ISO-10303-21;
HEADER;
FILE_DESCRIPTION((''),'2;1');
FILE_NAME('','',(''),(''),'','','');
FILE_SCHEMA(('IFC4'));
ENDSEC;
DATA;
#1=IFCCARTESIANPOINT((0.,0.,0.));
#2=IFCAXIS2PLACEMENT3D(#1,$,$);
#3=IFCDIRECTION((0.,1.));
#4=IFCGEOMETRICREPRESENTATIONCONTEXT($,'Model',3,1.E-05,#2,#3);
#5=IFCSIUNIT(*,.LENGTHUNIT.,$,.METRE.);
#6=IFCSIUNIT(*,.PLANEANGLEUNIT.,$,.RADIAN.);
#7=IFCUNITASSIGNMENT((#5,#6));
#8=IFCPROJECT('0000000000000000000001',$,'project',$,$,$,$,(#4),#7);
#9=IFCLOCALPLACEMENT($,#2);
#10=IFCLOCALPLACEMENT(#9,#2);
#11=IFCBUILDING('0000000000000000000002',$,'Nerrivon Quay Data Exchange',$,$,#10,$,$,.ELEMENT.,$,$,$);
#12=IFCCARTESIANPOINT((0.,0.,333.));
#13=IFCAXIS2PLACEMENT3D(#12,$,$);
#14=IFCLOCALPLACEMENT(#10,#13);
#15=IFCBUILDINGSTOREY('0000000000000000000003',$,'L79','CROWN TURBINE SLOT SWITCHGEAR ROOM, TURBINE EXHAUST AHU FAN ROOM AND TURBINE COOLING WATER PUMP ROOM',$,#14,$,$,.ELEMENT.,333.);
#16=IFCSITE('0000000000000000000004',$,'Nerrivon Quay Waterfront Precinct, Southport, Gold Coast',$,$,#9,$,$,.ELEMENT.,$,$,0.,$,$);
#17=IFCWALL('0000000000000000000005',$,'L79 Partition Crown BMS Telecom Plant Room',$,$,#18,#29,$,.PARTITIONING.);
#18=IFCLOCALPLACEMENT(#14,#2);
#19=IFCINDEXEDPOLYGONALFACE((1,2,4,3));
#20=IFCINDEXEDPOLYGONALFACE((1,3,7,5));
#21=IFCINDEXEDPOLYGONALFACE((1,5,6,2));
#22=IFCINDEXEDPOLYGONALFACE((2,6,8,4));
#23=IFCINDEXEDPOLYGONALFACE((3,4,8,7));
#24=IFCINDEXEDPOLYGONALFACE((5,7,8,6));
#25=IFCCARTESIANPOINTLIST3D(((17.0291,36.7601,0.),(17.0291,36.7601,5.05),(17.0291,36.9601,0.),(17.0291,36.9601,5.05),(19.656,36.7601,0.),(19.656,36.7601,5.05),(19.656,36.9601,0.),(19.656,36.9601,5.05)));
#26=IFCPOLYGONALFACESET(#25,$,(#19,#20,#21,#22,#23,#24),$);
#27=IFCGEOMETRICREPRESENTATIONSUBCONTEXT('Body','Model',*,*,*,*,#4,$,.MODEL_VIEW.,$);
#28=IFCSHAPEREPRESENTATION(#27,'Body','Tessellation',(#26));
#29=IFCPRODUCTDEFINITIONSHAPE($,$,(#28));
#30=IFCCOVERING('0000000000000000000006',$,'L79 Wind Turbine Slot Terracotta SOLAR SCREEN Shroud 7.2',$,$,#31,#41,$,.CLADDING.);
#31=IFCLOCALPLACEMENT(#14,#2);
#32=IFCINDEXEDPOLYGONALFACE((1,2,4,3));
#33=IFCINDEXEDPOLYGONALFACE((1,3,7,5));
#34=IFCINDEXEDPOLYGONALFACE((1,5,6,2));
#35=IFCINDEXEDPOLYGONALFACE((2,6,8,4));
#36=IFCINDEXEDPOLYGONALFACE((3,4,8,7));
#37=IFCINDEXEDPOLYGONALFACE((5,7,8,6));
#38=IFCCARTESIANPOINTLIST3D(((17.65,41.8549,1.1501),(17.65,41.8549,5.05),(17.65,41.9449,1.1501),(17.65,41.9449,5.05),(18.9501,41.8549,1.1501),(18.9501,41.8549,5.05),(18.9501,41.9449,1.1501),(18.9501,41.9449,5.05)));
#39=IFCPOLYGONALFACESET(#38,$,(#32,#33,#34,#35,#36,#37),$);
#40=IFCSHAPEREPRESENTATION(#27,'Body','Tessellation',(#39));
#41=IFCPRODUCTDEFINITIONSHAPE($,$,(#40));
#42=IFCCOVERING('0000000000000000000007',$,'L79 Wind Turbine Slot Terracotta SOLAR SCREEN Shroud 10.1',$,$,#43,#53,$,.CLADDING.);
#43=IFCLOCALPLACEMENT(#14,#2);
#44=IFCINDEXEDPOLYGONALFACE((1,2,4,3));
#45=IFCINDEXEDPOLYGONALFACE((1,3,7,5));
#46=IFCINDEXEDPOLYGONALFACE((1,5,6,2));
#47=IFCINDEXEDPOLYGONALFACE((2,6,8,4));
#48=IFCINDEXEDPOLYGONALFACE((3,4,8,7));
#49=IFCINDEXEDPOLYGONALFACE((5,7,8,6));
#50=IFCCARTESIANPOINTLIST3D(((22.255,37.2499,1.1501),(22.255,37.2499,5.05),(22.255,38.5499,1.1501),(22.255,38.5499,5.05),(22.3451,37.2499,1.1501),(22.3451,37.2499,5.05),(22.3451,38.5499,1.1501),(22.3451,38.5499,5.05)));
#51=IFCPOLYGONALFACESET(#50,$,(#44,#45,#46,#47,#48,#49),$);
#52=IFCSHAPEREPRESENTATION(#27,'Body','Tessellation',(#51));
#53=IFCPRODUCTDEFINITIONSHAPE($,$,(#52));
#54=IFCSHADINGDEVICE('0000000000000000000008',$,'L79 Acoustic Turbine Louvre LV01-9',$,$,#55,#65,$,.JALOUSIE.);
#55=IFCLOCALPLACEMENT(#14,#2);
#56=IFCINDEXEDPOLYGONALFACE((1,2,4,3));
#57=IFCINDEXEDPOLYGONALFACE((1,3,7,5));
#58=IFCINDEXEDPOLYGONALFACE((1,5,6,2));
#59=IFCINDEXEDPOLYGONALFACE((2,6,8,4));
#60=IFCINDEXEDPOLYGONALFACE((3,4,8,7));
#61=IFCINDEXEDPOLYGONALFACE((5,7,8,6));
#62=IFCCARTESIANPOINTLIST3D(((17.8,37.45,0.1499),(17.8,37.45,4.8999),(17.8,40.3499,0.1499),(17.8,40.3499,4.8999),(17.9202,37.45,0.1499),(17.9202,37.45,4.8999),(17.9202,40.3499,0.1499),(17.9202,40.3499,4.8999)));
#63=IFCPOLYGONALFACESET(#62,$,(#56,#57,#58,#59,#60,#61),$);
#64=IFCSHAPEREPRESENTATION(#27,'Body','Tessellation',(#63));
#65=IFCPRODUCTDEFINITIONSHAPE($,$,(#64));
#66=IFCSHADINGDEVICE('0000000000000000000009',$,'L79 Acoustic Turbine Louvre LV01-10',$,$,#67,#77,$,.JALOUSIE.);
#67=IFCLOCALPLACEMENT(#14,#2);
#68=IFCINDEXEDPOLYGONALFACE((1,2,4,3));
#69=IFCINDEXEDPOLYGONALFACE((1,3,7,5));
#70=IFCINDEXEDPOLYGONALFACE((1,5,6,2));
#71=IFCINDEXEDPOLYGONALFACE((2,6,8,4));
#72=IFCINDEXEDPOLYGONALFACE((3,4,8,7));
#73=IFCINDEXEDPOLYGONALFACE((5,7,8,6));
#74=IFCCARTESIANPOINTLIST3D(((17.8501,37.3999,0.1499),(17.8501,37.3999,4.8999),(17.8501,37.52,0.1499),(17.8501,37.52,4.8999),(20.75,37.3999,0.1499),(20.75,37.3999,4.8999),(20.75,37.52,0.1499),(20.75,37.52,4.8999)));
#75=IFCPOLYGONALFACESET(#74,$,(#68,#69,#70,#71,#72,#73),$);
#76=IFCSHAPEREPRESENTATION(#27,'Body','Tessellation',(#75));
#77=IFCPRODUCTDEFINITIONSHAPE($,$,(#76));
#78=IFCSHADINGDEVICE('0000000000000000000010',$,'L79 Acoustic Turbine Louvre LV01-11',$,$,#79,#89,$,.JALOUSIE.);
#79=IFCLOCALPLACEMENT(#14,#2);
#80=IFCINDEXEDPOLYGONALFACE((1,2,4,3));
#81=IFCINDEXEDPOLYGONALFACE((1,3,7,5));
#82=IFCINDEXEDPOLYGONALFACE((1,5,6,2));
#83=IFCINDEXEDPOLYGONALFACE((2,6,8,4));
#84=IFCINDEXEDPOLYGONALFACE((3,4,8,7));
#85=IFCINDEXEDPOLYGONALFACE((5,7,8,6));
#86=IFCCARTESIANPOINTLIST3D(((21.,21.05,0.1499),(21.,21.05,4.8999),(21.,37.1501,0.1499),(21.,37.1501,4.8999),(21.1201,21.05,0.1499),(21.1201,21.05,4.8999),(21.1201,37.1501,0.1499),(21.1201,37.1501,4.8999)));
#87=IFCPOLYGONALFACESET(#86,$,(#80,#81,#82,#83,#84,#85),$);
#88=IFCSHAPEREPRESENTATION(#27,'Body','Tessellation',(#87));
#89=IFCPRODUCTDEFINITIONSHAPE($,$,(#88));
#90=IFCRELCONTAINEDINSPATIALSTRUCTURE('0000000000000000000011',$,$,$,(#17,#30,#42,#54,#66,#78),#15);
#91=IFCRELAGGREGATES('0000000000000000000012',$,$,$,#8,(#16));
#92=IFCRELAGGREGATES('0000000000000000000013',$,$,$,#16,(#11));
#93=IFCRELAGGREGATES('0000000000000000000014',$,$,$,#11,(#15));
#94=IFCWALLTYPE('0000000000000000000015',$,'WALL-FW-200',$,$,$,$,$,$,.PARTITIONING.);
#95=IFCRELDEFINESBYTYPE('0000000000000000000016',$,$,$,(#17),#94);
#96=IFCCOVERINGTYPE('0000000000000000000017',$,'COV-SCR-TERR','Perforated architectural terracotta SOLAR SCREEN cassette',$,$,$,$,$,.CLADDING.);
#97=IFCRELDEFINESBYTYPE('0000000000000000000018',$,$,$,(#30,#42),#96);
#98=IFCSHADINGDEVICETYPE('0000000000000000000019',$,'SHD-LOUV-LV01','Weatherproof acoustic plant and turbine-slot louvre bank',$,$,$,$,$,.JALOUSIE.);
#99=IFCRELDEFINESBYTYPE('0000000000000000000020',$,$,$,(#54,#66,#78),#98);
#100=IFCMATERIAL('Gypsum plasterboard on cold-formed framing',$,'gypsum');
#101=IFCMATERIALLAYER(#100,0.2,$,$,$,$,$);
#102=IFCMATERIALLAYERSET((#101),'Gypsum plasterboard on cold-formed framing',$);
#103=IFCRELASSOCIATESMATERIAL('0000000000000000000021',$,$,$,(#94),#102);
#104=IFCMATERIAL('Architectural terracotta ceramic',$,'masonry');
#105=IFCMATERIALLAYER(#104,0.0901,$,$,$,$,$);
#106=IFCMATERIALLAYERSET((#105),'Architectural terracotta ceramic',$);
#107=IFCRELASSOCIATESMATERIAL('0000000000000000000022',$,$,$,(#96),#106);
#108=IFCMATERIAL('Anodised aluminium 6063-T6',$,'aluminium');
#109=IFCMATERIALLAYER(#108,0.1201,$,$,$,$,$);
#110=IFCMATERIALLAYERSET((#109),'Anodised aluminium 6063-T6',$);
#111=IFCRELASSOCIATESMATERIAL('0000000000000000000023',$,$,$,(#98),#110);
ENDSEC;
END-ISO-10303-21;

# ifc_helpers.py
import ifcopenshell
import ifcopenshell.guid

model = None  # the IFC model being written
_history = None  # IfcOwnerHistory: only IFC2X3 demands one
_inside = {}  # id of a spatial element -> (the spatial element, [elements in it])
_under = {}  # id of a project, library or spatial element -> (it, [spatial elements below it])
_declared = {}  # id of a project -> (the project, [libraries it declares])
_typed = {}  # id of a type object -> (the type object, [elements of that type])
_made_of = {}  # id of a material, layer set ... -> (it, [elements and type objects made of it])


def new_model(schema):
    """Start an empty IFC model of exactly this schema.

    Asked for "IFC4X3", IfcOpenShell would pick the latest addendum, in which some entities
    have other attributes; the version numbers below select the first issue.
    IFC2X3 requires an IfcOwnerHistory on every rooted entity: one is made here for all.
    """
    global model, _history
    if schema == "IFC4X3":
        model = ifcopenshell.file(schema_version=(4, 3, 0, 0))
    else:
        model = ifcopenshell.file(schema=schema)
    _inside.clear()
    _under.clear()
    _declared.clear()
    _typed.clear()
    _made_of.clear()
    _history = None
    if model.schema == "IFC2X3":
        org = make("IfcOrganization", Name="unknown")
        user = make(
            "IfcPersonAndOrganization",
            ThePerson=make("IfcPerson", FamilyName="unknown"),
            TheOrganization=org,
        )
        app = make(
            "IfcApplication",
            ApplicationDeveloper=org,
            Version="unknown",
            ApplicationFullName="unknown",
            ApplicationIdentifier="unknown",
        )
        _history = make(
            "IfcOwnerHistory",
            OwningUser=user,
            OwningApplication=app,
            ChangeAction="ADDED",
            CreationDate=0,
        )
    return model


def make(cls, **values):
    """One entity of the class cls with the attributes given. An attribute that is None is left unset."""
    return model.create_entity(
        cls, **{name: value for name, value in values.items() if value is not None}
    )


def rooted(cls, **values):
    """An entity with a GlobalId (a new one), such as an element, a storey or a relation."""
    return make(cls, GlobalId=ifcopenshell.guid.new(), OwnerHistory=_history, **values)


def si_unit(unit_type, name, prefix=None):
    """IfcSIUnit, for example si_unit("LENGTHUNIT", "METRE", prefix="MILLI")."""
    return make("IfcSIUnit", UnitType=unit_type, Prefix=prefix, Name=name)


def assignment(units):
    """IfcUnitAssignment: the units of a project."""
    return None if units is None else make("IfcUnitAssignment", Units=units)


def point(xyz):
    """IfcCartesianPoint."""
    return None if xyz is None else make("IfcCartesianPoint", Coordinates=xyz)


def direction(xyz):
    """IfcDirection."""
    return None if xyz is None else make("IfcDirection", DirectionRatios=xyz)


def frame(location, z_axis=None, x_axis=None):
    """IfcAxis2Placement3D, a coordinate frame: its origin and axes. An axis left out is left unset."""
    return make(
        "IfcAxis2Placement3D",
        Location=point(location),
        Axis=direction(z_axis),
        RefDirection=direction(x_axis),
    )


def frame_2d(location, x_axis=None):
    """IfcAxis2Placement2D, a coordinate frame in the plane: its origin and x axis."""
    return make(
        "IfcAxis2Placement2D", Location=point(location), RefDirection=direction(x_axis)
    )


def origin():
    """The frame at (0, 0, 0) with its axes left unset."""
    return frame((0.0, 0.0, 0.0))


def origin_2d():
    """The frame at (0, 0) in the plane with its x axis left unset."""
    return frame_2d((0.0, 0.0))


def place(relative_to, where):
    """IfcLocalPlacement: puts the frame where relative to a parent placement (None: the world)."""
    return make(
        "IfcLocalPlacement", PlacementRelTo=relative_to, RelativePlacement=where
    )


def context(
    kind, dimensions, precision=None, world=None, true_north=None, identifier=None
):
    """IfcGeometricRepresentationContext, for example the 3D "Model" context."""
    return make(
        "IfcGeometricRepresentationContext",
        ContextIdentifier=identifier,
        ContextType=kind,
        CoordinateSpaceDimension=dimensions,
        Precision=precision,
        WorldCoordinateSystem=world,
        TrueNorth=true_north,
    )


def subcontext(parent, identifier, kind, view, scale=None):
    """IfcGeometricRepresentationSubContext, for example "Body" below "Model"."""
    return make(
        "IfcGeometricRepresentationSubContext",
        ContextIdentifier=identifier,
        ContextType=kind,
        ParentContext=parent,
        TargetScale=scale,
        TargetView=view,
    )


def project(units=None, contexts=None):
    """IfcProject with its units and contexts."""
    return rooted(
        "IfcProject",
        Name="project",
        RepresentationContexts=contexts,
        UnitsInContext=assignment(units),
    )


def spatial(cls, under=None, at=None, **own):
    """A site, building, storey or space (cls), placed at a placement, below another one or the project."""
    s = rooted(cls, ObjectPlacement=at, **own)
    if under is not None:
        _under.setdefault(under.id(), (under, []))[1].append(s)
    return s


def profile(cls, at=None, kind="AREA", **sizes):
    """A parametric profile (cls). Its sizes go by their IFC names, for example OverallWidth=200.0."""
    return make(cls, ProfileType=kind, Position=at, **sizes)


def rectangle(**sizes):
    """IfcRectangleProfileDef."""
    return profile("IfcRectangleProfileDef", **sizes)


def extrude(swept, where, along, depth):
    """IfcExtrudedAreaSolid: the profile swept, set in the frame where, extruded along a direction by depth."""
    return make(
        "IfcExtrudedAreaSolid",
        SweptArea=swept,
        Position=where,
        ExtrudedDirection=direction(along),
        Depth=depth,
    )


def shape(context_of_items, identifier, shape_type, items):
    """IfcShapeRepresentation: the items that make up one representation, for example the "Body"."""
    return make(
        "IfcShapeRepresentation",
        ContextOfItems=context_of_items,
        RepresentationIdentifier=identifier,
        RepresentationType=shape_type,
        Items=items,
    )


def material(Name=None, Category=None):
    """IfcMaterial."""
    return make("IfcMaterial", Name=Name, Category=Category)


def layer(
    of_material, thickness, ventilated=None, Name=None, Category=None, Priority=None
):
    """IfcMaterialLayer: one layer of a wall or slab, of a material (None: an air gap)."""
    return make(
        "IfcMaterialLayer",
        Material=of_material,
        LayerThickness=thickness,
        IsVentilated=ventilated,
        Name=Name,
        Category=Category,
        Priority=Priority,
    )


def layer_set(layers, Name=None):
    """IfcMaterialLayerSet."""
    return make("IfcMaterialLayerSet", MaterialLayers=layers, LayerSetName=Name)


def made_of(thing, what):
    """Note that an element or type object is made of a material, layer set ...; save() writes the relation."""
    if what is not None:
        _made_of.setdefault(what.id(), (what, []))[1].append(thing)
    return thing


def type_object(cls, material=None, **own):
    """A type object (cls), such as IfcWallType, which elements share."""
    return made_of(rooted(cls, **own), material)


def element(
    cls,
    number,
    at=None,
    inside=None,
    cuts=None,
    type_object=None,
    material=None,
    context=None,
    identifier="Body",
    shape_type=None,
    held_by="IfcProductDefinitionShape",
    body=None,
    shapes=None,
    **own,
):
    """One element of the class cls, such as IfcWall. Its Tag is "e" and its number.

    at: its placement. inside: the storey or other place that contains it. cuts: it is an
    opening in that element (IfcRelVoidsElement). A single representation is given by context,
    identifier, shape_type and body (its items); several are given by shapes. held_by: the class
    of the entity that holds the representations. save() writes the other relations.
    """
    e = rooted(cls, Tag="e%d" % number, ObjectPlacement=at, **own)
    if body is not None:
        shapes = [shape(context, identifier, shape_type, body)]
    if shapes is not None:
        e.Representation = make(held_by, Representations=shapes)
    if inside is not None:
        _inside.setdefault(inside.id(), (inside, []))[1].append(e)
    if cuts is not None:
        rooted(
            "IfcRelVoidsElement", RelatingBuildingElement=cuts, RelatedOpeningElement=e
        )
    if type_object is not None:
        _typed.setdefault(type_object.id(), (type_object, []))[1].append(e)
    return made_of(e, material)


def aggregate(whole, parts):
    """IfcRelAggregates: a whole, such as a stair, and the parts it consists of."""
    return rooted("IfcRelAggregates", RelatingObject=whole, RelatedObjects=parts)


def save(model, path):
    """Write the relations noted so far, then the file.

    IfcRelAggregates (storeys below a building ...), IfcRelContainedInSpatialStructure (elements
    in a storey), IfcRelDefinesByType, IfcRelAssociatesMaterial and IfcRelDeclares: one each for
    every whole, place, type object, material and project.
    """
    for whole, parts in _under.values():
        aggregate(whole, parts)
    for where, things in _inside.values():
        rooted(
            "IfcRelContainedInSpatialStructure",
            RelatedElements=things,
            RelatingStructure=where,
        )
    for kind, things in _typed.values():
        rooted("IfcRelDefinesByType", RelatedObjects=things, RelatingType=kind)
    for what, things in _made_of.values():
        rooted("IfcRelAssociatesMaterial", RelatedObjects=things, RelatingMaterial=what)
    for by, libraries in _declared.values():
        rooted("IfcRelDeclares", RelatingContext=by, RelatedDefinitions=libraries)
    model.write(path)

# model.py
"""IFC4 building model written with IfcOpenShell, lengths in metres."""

from ifc_helpers import new_model, si_unit, direction, frame, frame_2d, origin, origin_2d, place, context, subcontext, project, spatial, rectangle, extrude, material, layer, layer_set, type_object, element, save


model = new_model("IFC4")

# Units and contexts
model_context = context("Model", 3, precision=1e-05, world=origin(), true_north=direction((0.0, 1.0)))
body_context = subcontext(model_context, "Body", "Model", "MODEL_VIEW")
ifc_project = project(units=[si_unit("LENGTHUNIT", "METRE"), si_unit("PLANEANGLEUNIT", "RADIAN")], contexts=[model_context])

# Site, building, storey
site_placement = place(None, origin())
site = spatial("IfcSite", under=ifc_project, at=site_placement, Name="Nerrivon Quay Waterfront Precinct, Southport, Gold Coast", CompositionType="ELEMENT", RefElevation=0.0)
building_placement = place(site_placement, origin())
building = spatial("IfcBuilding", under=site, at=building_placement, Name="Nerrivon Quay Data Exchange", CompositionType="ELEMENT")
storey_placement = place(building_placement, frame((0.0, 0.0, 333.0)))
storey = spatial("IfcBuildingStorey", under=building, at=storey_placement, Name="L79", Description="CROWN TURBINE SLOT SWITCHGEAR ROOM, TURBINE EXHAUST AHU FAN ROOM AND TURBINE COOLING WATER PUMP ROOM", CompositionType="ELEMENT", Elevation=333.0)

# Shared definitions
ifc_material_1 = material(Name="Gypsum plasterboard on cold-formed framing", Category="gypsum")
ifc_layer_1 = layer(ifc_material_1, 0.2)
ifc_layer_set_1 = layer_set([ifc_layer_1], Name="Gypsum plasterboard on cold-formed framing")
wall_type_1 = type_object("IfcWallType", Name="WALL-FW-200", PredefinedType="PARTITIONING", material=ifc_layer_set_1)

# Wall
wall_1_placement = place(storey_placement, frame((17.0291, 36.8601, 0.0), z_axis=(0.0, 0.0, 1.0), x_axis=(1.0, 0.0, 0.0)))
element("IfcWall", 1, at=wall_1_placement, inside=storey, type_object=wall_type_1, Name="L79 Partition Crown BMS Telecom Plant Room", PredefinedType="PARTITIONING", context=body_context, shape_type="SweptSolid", body=[
    extrude(rectangle(XDim=2.627, YDim=0.2, at=frame_2d((1.3135, 0.0))), origin(), (0.0, 0.0, 1.0), 5.05),
])

# Coverings
ifc_material_2 = material(Name="Architectural terracotta ceramic", Category="masonry")
ifc_layer_2 = layer(ifc_material_2, 0.0901)
ifc_layer_set_2 = layer_set([ifc_layer_2], Name="Architectural terracotta ceramic")
covering_type = type_object("IfcCoveringType", Name="COV-SCR-TERR", Description="Perforated architectural terracotta SOLAR SCREEN cassette", PredefinedType="CLADDING", material=ifc_layer_set_2)
for number, where, z_axis, x_axis, name in (
    (2, (18.3, 41.8999, 1.1501), (0.0, 0.0, 1.0), (1.0, 0.0, 0.0), "L79 Wind Turbine Slot Terracotta SOLAR SCREEN Shroud 7.2"),
    (3, (22.3, 37.8999, 1.1501), (0.0, 0.0, 1.0), (0.0, -1.0, 0.0), "L79 Wind Turbine Slot Terracotta SOLAR SCREEN Shroud 10.1"),
):
    element("IfcCovering", number, at=place(storey_placement, frame(where, z_axis=z_axis, x_axis=x_axis)), inside=storey, type_object=covering_type, Name=name, PredefinedType="CLADDING", context=body_context, shape_type="SweptSolid", body=[
        extrude(rectangle(XDim=1.3, YDim=0.0901, at=origin_2d()), origin(), (0.0, 0.0, 1.0), 3.8999),
    ])

# Shading devices
ifc_material_3 = material(Name="Anodised aluminium 6063-T6", Category="aluminium")
ifc_layer_3 = layer(ifc_material_3, 0.1201)
ifc_layer_set_3 = layer_set([ifc_layer_3], Name="Anodised aluminium 6063-T6")
shading_device_type = type_object("IfcShadingDeviceType", Name="SHD-LOUV-LV01", Description="Weatherproof acoustic plant and turbine-slot louvre bank", PredefinedType="JALOUSIE", material=ifc_layer_set_3)
for number, where, z_axis, x_axis, name in (
    (4, (17.8601, 38.8999, 0.1499), (0.0, 0.0, 1.0), (0.0, -1.0, 0.0), "L79 Acoustic Turbine Louvre LV01-9"),
    (5, (19.3, 37.46, 0.1499), (0.0, 0.0, 1.0), (1.0, 0.0, 0.0), "L79 Acoustic Turbine Louvre LV01-10"),
):
    element("IfcShadingDevice", number, at=place(storey_placement, frame(where, z_axis=z_axis, x_axis=x_axis)), inside=storey, type_object=shading_device_type, Name=name, PredefinedType="JALOUSIE", context=body_context, shape_type="SweptSolid", body=[
        extrude(rectangle(XDim=2.8999, YDim=0.1201, at=origin_2d()), origin(), (0.0, 0.0, 1.0), 4.75),
    ])
shading_device_placement = place(storey_placement, frame((21.0601, 29.1001, 0.1499), z_axis=(0.0, 0.0, 1.0), x_axis=(0.0, -1.0, 0.0)))
element("IfcShadingDevice", 6, at=shading_device_placement, inside=storey, type_object=shading_device_type, Name="L79 Acoustic Turbine Louvre LV01-11", PredefinedType="JALOUSIE", context=body_context, shape_type="SweptSolid", body=[
    extrude(rectangle(XDim=16.1001, YDim=0.1201, at=origin_2d()), origin(), (0.0, 0.0, 1.0), 4.75),
])

save(model, "model.ifc")
